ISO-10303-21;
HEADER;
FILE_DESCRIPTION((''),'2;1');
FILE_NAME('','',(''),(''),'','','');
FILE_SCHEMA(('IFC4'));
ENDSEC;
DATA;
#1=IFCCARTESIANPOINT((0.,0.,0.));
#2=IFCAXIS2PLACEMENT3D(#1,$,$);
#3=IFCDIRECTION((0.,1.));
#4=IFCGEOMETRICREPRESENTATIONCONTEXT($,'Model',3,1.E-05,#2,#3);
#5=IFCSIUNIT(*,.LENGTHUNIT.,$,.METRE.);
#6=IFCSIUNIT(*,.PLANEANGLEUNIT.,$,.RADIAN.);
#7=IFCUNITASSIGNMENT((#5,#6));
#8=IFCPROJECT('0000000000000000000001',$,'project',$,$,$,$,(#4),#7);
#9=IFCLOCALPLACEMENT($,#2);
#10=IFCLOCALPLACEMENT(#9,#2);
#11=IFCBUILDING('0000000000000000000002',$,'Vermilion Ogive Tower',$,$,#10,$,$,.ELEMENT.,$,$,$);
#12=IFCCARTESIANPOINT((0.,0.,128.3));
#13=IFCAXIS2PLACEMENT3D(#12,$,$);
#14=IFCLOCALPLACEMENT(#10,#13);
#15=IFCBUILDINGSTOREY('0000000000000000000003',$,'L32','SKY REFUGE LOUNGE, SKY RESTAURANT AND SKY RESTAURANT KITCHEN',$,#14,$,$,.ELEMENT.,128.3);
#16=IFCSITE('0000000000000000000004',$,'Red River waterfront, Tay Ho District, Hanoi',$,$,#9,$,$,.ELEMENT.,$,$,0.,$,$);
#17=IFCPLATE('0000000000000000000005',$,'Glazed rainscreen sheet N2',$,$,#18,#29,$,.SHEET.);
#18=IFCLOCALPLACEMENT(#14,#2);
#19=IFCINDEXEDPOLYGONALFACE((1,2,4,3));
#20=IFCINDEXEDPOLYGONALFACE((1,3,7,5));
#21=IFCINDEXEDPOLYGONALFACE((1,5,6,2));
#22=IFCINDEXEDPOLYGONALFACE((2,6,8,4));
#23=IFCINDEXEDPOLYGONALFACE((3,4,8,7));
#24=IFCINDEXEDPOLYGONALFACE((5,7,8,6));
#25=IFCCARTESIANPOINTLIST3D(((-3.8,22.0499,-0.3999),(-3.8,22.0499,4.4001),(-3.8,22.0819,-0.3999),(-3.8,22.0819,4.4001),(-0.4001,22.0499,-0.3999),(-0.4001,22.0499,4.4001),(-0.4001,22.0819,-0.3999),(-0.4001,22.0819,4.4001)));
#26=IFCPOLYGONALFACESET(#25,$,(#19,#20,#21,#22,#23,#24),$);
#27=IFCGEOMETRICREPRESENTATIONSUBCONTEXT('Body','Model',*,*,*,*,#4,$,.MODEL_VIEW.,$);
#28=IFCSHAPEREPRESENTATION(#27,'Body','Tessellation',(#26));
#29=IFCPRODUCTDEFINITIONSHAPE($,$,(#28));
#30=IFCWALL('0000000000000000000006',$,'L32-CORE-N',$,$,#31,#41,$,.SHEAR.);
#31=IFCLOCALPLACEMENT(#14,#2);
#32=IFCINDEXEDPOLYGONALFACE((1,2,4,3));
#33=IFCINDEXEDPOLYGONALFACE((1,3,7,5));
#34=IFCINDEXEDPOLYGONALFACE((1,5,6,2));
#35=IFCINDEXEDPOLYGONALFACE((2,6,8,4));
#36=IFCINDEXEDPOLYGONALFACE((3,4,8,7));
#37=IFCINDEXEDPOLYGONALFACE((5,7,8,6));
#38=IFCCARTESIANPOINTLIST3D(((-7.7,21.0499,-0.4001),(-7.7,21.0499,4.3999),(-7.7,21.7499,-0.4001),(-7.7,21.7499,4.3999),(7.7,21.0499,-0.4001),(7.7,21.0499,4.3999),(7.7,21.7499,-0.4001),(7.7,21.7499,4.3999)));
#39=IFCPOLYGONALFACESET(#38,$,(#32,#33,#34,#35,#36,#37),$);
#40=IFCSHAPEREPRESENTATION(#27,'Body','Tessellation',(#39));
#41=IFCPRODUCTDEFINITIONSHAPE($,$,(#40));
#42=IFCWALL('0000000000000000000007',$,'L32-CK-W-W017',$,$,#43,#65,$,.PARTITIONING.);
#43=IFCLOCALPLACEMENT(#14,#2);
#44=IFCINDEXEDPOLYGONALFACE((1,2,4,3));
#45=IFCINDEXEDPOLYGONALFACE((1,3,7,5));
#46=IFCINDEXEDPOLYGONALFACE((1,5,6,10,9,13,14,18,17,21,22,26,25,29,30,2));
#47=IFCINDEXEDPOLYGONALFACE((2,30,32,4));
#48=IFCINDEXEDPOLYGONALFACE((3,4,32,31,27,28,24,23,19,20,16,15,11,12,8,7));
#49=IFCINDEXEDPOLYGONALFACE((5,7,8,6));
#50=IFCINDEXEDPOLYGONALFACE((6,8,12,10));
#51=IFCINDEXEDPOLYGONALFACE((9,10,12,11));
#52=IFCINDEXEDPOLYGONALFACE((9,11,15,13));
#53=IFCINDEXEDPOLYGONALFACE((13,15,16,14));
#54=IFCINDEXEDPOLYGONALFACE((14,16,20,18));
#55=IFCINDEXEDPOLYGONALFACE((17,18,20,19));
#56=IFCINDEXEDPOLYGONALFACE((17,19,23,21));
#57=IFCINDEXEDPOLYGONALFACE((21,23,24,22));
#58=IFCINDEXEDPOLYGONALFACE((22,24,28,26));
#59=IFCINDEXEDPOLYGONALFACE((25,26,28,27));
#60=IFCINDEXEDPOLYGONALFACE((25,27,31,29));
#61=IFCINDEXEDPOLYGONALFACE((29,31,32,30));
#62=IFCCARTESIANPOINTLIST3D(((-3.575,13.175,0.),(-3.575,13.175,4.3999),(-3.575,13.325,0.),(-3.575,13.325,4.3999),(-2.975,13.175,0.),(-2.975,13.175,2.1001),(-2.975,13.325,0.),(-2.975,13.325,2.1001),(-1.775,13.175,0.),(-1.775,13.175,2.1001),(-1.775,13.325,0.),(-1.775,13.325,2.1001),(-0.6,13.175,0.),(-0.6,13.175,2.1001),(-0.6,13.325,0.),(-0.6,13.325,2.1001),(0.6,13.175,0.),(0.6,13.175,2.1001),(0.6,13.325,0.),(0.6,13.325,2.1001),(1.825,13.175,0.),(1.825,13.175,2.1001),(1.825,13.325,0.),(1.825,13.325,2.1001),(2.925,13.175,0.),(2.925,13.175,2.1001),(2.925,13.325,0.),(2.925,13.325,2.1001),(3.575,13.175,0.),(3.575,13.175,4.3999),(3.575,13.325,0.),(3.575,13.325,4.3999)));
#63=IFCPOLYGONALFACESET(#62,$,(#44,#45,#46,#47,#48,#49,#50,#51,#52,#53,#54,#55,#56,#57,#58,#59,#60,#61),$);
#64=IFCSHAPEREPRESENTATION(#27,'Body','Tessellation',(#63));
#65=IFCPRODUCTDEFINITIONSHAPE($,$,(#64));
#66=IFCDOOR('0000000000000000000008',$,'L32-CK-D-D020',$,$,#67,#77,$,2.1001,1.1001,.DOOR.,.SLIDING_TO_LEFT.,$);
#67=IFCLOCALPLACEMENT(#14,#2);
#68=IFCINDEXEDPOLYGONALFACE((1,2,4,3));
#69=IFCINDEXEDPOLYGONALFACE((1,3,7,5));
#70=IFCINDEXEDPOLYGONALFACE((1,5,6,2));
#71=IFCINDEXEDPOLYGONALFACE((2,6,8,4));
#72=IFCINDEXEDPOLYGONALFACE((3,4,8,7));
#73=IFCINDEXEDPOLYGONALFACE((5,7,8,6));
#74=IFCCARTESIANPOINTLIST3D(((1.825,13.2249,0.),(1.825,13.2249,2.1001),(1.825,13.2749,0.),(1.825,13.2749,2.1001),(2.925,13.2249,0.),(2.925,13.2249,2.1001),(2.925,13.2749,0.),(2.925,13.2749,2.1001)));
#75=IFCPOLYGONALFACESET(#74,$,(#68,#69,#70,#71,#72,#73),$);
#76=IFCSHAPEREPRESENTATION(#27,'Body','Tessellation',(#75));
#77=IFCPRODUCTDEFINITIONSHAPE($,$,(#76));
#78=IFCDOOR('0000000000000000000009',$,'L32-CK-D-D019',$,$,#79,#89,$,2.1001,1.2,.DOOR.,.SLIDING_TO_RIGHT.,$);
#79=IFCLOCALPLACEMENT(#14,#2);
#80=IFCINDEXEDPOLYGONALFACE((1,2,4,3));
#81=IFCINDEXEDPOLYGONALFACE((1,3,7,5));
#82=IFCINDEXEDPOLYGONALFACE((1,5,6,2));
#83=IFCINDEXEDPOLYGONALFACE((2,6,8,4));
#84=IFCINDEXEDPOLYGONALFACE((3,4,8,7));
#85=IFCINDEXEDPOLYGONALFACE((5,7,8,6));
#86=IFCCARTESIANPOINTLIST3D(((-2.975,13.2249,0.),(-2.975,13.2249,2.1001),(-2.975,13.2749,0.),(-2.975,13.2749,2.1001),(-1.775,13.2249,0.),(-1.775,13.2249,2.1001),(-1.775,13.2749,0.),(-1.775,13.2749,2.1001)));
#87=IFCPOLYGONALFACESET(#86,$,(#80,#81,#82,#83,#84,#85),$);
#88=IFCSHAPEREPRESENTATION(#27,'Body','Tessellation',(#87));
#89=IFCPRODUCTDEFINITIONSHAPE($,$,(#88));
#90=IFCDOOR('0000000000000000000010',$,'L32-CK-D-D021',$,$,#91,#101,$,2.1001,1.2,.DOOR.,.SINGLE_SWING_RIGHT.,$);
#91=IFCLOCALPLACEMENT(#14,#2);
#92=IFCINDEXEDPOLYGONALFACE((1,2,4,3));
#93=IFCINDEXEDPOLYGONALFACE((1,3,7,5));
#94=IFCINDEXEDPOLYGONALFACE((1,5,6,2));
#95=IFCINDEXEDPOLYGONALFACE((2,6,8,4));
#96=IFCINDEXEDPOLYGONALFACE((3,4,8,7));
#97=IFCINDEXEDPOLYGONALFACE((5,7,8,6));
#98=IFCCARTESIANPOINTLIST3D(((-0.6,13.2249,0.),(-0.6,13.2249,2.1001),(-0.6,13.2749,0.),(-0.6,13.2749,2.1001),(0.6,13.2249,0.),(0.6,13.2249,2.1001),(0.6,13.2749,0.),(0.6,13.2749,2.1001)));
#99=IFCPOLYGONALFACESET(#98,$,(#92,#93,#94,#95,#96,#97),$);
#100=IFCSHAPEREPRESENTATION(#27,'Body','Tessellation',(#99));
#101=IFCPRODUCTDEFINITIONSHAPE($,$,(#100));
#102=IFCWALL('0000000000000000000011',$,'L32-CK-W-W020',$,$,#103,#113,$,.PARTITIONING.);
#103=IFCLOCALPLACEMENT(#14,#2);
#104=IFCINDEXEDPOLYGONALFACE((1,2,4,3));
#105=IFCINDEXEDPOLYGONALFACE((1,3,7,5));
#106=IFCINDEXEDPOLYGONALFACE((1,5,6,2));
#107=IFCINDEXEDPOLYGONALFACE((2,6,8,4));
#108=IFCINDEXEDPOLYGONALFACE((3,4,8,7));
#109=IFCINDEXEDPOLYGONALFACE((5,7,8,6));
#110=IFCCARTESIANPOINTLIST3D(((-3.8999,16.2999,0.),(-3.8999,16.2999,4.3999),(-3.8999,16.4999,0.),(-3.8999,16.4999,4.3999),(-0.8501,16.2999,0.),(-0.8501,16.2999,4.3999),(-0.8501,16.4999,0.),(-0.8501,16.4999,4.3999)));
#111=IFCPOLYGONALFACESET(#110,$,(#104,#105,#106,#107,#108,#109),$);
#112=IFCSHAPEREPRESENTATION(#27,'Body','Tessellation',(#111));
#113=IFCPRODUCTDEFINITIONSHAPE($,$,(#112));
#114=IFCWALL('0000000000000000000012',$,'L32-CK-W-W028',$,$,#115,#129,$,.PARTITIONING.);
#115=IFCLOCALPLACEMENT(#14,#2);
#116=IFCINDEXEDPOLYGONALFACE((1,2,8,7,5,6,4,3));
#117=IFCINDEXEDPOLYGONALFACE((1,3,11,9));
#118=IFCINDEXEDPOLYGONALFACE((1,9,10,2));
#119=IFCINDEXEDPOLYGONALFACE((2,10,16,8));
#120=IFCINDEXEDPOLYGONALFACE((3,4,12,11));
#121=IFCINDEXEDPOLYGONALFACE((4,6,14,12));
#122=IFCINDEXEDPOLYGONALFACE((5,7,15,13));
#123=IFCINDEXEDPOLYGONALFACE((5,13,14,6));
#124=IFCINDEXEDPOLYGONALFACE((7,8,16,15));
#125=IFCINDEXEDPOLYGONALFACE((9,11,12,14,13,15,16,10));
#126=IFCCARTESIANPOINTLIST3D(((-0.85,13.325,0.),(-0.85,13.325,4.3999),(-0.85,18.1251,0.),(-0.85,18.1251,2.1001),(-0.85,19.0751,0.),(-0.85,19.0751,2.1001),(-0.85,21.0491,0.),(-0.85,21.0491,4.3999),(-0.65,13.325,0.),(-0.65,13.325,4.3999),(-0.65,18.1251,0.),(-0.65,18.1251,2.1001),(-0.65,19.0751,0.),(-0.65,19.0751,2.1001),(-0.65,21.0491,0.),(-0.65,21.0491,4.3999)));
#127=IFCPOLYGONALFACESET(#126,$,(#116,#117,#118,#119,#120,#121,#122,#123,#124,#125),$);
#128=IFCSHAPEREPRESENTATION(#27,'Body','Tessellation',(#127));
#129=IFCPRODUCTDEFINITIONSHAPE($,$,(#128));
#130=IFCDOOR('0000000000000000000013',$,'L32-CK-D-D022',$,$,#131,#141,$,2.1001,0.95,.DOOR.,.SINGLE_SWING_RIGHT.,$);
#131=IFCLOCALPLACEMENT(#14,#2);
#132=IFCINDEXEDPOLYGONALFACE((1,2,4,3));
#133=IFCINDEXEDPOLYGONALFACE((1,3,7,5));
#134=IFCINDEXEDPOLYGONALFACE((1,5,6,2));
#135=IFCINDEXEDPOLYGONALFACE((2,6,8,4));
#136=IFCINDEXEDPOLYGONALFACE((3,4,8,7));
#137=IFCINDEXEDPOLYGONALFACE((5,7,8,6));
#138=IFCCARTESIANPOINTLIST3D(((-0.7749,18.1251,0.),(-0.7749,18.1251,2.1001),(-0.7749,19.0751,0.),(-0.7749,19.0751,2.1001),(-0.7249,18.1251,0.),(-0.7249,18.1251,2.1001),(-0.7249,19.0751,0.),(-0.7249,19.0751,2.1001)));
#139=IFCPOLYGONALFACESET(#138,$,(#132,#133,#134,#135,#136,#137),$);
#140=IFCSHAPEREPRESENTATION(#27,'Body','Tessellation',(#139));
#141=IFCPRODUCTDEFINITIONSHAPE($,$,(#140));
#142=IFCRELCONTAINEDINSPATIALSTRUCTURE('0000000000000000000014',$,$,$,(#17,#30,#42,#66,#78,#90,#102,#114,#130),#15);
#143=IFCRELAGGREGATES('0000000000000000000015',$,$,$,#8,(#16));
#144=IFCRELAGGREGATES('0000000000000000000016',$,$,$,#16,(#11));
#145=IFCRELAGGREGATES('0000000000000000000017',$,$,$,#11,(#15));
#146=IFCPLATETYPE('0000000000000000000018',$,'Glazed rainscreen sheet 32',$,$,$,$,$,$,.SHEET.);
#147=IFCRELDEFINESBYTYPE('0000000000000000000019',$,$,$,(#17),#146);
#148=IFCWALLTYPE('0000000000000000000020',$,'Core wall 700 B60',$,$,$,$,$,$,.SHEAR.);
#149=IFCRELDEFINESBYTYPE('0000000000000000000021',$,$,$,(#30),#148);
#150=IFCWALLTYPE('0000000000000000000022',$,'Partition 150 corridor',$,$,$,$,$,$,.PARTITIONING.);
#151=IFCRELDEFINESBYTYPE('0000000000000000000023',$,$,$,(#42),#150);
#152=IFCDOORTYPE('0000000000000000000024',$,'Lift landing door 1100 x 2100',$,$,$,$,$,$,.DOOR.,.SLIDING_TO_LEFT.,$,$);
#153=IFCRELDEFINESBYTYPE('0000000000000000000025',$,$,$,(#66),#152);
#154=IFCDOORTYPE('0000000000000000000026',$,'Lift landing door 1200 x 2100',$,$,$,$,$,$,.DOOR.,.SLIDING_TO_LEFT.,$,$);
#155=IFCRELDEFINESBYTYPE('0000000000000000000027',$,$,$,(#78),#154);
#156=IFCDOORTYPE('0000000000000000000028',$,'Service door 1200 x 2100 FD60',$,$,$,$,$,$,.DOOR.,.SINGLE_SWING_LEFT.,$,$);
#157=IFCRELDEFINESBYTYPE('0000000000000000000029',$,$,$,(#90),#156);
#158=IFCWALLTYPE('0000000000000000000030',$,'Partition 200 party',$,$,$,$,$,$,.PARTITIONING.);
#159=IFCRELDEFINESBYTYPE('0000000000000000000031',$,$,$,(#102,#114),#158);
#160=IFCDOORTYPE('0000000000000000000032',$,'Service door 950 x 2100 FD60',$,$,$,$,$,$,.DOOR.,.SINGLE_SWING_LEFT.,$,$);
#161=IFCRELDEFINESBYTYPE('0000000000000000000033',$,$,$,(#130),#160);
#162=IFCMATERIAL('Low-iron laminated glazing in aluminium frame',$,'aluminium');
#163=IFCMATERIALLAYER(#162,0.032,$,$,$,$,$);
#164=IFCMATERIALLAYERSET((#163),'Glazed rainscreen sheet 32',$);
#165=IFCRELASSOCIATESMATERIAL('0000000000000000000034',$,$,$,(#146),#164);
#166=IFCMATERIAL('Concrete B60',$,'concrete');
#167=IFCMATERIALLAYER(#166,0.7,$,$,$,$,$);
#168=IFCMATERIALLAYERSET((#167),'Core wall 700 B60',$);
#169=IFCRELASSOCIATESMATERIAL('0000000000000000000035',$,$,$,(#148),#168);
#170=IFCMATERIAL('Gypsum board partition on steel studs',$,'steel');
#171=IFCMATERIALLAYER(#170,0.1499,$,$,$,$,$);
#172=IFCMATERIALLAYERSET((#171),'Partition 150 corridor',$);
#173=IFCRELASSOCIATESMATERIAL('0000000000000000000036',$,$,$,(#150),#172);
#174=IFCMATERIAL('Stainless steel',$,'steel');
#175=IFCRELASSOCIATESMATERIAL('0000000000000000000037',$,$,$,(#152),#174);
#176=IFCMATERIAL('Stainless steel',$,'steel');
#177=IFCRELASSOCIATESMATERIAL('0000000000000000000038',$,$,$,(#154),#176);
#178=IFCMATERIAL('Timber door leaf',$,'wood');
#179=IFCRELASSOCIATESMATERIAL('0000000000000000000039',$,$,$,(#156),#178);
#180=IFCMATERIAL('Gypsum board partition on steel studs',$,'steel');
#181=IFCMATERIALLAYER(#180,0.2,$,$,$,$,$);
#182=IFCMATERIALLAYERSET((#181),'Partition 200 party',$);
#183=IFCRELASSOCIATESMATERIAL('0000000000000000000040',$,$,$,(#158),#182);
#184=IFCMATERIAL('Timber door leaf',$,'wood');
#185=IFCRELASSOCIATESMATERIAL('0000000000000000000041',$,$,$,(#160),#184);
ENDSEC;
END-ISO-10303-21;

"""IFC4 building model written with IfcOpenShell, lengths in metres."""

from ifc_helpers import new_model, si_unit, direction, frame, frame_2d, origin, origin_2d, place, context, subcontext, project, spatial, rectangle, extrude, material, layer, layer_set, type_object, element, fill, save


model = new_model("IFC4")

# Units and contexts
model_context = context("Model", 3, precision=1e-05, world=origin(), true_north=direction((0.0, 1.0)))
body_context = subcontext(model_context, "Body", "Model", "MODEL_VIEW")
ifc_project = project(units=[si_unit("LENGTHUNIT", "METRE"), si_unit("PLANEANGLEUNIT", "RADIAN")], contexts=[model_context])

# Site, building, storey
site_placement = place(None, origin())
site = spatial("IfcSite", under=ifc_project, at=site_placement, Name="Red River waterfront, Tay Ho District, Hanoi", CompositionType="ELEMENT", RefElevation=0.0)
building_placement = place(site_placement, origin())
building = spatial("IfcBuilding", under=site, at=building_placement, Name="Vermilion Ogive Tower", CompositionType="ELEMENT")
storey_placement = place(building_placement, frame((0.0, 0.0, 128.3)))
storey = spatial("IfcBuildingStorey", under=building, at=storey_placement, Name="L32", Description="SKY REFUGE LOUNGE, SKY RESTAURANT AND SKY RESTAURANT KITCHEN", CompositionType="ELEMENT", Elevation=128.3)

# Plate
ifc_material_1 = material(Name="Low-iron laminated glazing in aluminium frame", Category="aluminium")
ifc_layer_1 = layer(ifc_material_1, 0.032)
ifc_layer_set_1 = layer_set([ifc_layer_1], Name="Glazed rainscreen sheet 32")
plate_type_1 = type_object("IfcPlateType", Name="Glazed rainscreen sheet 32", PredefinedType="SHEET", material=ifc_layer_set_1)
plate_1_placement = place(storey_placement, frame((-2.1001, 22.0659, -0.3999), z_axis=(0.0, 0.0, 1.0), x_axis=(1.0, 0.0, 0.0)))
element("IfcPlate", 1, at=plate_1_placement, inside=storey, type_object=plate_type_1, Name="Glazed rainscreen sheet N2", PredefinedType="SHEET", context=body_context, shape_type="SweptSolid", body=[
    extrude(rectangle(XDim=3.3999, YDim=0.032, at=origin_2d()), origin(), (0.0, 0.0, 1.0), 4.8),
])

# Wall
ifc_material_2 = material(Name="Concrete B60", Category="concrete")
ifc_layer_2 = layer(ifc_material_2, 0.7)
ifc_layer_set_2 = layer_set([ifc_layer_2], Name="Core wall 700 B60")
wall_type_1 = type_object("IfcWallType", Name="Core wall 700 B60", PredefinedType="SHEAR", material=ifc_layer_set_2)
wall_1_placement = place(storey_placement, frame((-7.7, 21.3999, -0.4001), z_axis=(0.0, 0.0, 1.0), x_axis=(1.0, 0.0, 0.0)))
element("IfcWall", 2, at=wall_1_placement, inside=storey, type_object=wall_type_1, Name="L32-CORE-N", PredefinedType="SHEAR", context=body_context, shape_type="SweptSolid", body=[
    extrude(rectangle(XDim=15.3999, YDim=0.7, at=frame_2d((7.7, 0.0))), origin(), (0.0, 0.0, 1.0), 4.8),
])

# Wall, openings, doors
ifc_material_3 = material(Name="Gypsum board partition on steel studs", Category="steel")
ifc_layer_3 = layer(ifc_material_3, 0.1499)
ifc_layer_set_3 = layer_set([ifc_layer_3], Name="Partition 150 corridor")
wall_type_2 = type_object("IfcWallType", Name="Partition 150 corridor", PredefinedType="PARTITIONING", material=ifc_layer_set_3)
wall_2_placement = place(storey_placement, frame((-3.575, 13.25, 0.0), z_axis=(0.0, 0.0, 1.0), x_axis=(1.0, 0.0, 0.0)))
wall_2 = element("IfcWall", 3, at=wall_2_placement, inside=storey, type_object=wall_type_2, Name="L32-CK-W-W017", PredefinedType="PARTITIONING", context=body_context, shape_type="SweptSolid", body=[
    extrude(rectangle(XDim=7.1499, YDim=0.1499, at=frame_2d((3.575, 0.0))), origin(), (0.0, 0.0, 1.0), 4.3999),
])
opening_1_placement = place(wall_2_placement, frame((0.5999, 0.0, 0.0)))
opening_1 = element("IfcOpeningElement", 4, at=opening_1_placement, cuts=wall_2, PredefinedType="OPENING", context=body_context, shape_type="SweptSolid", body=[
    extrude(rectangle(XDim=1.2, YDim=2.1001, at=frame_2d((0.6001, 1.05))), frame((0.0, 0.085, 0.0), z_axis=(0.0, -1.0, 0.0), x_axis=(1.0, 0.0, 0.0)), (0.0, 0.0, 1.0), 0.1699),
])
opening_2_placement = place(wall_2_placement, frame((5.3999, 0.0, 0.0)))
opening_2 = element("IfcOpeningElement", 5, at=opening_2_placement, cuts=wall_2, PredefinedType="OPENING", context=body_context, shape_type="SweptSolid", body=[
    extrude(rectangle(XDim=1.1001, YDim=2.1001, at=frame_2d((0.55, 1.05))), frame((0.0, 0.085, 0.0), z_axis=(0.0, -1.0, 0.0), x_axis=(1.0, 0.0, 0.0)), (0.0, 0.0, 1.0), 0.1699),
])
opening_3_placement = place(wall_2_placement, frame((2.9749, 0.0, 0.0)))
opening_3 = element("IfcOpeningElement", 6, at=opening_3_placement, cuts=wall_2, PredefinedType="OPENING", context=body_context, shape_type="SweptSolid", body=[
    extrude(rectangle(XDim=1.2, YDim=2.1001, at=frame_2d((0.6001, 1.05))), frame((0.0, 0.085, 0.0), z_axis=(0.0, -1.0, 0.0), x_axis=(1.0, 0.0, 0.0)), (0.0, 0.0, 1.0), 0.1699),
])
ifc_material_4 = material(Name="Stainless steel", Category="steel")
door_type_1 = type_object("IfcDoorType", Name="Lift landing door 1100 x 2100", OperationType="SLIDING_TO_LEFT", PredefinedType="DOOR", material=ifc_material_4)
door_1_placement = place(opening_2_placement, origin())
door_1 = element("IfcDoor", 7, at=door_1_placement, inside=storey, type_object=door_type_1, Name="L32-CK-D-D020", OperationType="SLIDING_TO_LEFT", OverallHeight=2.1001, OverallWidth=1.1001, PredefinedType="DOOR", context=body_context, shape_type="SweptSolid", body=[
    extrude(rectangle(XDim=1.1001, YDim=2.1001, at=frame_2d((0.55, 1.05))), frame((0.0, 0.0249, 0.0), z_axis=(0.0, -1.0, 0.0), x_axis=(1.0, 0.0, 0.0)), (0.0, 0.0, 1.0), 0.05),
])
fill(opening_2, door_1)
ifc_material_5 = material(Name="Stainless steel", Category="steel")
door_type_2 = type_object("IfcDoorType", Name="Lift landing door 1200 x 2100", OperationType="SLIDING_TO_LEFT", PredefinedType="DOOR", material=ifc_material_5)
door_2_placement = place(opening_1_placement, origin())
door_2 = element("IfcDoor", 8, at=door_2_placement, inside=storey, type_object=door_type_2, Name="L32-CK-D-D019", OperationType="SLIDING_TO_RIGHT", OverallHeight=2.1001, OverallWidth=1.2, PredefinedType="DOOR", context=body_context, shape_type="SweptSolid", body=[
    extrude(rectangle(XDim=1.2, YDim=2.1001, at=frame_2d((0.6001, 1.05))), frame((0.0, 0.0249, 0.0), z_axis=(0.0, -1.0, 0.0), x_axis=(1.0, 0.0, 0.0)), (0.0, 0.0, 1.0), 0.05),
])
fill(opening_1, door_2)
ifc_material_6 = material(Name="Timber door leaf", Category="wood")
door_type_3 = type_object("IfcDoorType", Name="Service door 1200 x 2100 FD60", OperationType="SINGLE_SWING_LEFT", PredefinedType="DOOR", material=ifc_material_6)
door_3_placement = place(opening_3_placement, origin())
door_3 = element("IfcDoor", 9, at=door_3_placement, inside=storey, type_object=door_type_3, Name="L32-CK-D-D021", OperationType="SINGLE_SWING_RIGHT", OverallHeight=2.1001, OverallWidth=1.2, PredefinedType="DOOR", context=body_context, shape_type="SweptSolid", body=[
    extrude(rectangle(XDim=1.2, YDim=2.1001, at=frame_2d((0.6001, 1.05))), frame((0.0, 0.0249, 0.0), z_axis=(0.0, -1.0, 0.0), x_axis=(1.0, 0.0, 0.0)), (0.0, 0.0, 1.0), 0.05),
])
fill(opening_3, door_3)

# Wall
ifc_material_7 = material(Name="Gypsum board partition on steel studs", Category="steel")
ifc_layer_4 = layer(ifc_material_7, 0.2)
ifc_layer_set_4 = layer_set([ifc_layer_4], Name="Partition 200 party")
wall_type_3 = type_object("IfcWallType", Name="Partition 200 party", PredefinedType="PARTITIONING", material=ifc_layer_set_4)
wall_3_placement = place(storey_placement, frame((-3.8999, 16.3999, 0.0), z_axis=(0.0, 0.0, 1.0), x_axis=(1.0, 0.0, 0.0)))
element("IfcWall", 10, at=wall_3_placement, inside=storey, type_object=wall_type_3, Name="L32-CK-W-W020", PredefinedType="PARTITIONING", context=body_context, shape_type="SweptSolid", body=[
    extrude(rectangle(XDim=3.0498, YDim=0.2, at=frame_2d((1.5249, 0.0))), origin(), (0.0, 0.0, 1.0), 4.3999),
])

# Wall, opening, door
wall_4_placement = place(storey_placement, frame((-0.75, 13.325, 0.0), z_axis=(0.0, 0.0, 1.0), x_axis=(0.0, 1.0, 0.0)))
wall_4 = element("IfcWall", 11, at=wall_4_placement, inside=storey, type_object=wall_type_3, Name="L32-CK-W-W028", PredefinedType="PARTITIONING", context=body_context, shape_type="SweptSolid", body=[
    extrude(rectangle(XDim=7.7241, YDim=0.2, at=frame_2d((3.8621, 0.0))), origin(), (0.0, 0.0, 1.0), 4.3999),
])
opening_4_placement = place(wall_4_placement, frame((4.8, 0.0, 0.0)))
opening_4 = element("IfcOpeningElement", 12, at=opening_4_placement, cuts=wall_4, PredefinedType="OPENING", context=body_context, shape_type="SweptSolid", body=[
    extrude(rectangle(XDim=0.95, YDim=2.1001, at=frame_2d((0.4751, 1.05))), frame((0.0, 0.1099, 0.0), z_axis=(0.0, -1.0, 0.0), x_axis=(1.0, 0.0, 0.0)), (0.0, 0.0, 1.0), 0.22),
])
ifc_material_8 = material(Name="Timber door leaf", Category="wood")
door_type_4 = type_object("IfcDoorType", Name="Service door 950 x 2100 FD60", OperationType="SINGLE_SWING_LEFT", PredefinedType="DOOR", material=ifc_material_8)
door_4_placement = place(opening_4_placement, origin())
door_4 = element("IfcDoor", 13, at=door_4_placement, inside=storey, type_object=door_type_4, Name="L32-CK-D-D022", OperationType="SINGLE_SWING_RIGHT", OverallHeight=2.1001, OverallWidth=0.95, PredefinedType="DOOR", context=body_context, shape_type="SweptSolid", body=[
    extrude(rectangle(XDim=0.95, YDim=2.1001, at=frame_2d((0.4751, 1.05))), frame((0.0, 0.0249, 0.0), z_axis=(0.0, -1.0, 0.0), x_axis=(1.0, 0.0, 0.0)), (0.0, 0.0, 1.0), 0.05),
])
fill(opening_4, door_4)

save(model, "model.ifc")
